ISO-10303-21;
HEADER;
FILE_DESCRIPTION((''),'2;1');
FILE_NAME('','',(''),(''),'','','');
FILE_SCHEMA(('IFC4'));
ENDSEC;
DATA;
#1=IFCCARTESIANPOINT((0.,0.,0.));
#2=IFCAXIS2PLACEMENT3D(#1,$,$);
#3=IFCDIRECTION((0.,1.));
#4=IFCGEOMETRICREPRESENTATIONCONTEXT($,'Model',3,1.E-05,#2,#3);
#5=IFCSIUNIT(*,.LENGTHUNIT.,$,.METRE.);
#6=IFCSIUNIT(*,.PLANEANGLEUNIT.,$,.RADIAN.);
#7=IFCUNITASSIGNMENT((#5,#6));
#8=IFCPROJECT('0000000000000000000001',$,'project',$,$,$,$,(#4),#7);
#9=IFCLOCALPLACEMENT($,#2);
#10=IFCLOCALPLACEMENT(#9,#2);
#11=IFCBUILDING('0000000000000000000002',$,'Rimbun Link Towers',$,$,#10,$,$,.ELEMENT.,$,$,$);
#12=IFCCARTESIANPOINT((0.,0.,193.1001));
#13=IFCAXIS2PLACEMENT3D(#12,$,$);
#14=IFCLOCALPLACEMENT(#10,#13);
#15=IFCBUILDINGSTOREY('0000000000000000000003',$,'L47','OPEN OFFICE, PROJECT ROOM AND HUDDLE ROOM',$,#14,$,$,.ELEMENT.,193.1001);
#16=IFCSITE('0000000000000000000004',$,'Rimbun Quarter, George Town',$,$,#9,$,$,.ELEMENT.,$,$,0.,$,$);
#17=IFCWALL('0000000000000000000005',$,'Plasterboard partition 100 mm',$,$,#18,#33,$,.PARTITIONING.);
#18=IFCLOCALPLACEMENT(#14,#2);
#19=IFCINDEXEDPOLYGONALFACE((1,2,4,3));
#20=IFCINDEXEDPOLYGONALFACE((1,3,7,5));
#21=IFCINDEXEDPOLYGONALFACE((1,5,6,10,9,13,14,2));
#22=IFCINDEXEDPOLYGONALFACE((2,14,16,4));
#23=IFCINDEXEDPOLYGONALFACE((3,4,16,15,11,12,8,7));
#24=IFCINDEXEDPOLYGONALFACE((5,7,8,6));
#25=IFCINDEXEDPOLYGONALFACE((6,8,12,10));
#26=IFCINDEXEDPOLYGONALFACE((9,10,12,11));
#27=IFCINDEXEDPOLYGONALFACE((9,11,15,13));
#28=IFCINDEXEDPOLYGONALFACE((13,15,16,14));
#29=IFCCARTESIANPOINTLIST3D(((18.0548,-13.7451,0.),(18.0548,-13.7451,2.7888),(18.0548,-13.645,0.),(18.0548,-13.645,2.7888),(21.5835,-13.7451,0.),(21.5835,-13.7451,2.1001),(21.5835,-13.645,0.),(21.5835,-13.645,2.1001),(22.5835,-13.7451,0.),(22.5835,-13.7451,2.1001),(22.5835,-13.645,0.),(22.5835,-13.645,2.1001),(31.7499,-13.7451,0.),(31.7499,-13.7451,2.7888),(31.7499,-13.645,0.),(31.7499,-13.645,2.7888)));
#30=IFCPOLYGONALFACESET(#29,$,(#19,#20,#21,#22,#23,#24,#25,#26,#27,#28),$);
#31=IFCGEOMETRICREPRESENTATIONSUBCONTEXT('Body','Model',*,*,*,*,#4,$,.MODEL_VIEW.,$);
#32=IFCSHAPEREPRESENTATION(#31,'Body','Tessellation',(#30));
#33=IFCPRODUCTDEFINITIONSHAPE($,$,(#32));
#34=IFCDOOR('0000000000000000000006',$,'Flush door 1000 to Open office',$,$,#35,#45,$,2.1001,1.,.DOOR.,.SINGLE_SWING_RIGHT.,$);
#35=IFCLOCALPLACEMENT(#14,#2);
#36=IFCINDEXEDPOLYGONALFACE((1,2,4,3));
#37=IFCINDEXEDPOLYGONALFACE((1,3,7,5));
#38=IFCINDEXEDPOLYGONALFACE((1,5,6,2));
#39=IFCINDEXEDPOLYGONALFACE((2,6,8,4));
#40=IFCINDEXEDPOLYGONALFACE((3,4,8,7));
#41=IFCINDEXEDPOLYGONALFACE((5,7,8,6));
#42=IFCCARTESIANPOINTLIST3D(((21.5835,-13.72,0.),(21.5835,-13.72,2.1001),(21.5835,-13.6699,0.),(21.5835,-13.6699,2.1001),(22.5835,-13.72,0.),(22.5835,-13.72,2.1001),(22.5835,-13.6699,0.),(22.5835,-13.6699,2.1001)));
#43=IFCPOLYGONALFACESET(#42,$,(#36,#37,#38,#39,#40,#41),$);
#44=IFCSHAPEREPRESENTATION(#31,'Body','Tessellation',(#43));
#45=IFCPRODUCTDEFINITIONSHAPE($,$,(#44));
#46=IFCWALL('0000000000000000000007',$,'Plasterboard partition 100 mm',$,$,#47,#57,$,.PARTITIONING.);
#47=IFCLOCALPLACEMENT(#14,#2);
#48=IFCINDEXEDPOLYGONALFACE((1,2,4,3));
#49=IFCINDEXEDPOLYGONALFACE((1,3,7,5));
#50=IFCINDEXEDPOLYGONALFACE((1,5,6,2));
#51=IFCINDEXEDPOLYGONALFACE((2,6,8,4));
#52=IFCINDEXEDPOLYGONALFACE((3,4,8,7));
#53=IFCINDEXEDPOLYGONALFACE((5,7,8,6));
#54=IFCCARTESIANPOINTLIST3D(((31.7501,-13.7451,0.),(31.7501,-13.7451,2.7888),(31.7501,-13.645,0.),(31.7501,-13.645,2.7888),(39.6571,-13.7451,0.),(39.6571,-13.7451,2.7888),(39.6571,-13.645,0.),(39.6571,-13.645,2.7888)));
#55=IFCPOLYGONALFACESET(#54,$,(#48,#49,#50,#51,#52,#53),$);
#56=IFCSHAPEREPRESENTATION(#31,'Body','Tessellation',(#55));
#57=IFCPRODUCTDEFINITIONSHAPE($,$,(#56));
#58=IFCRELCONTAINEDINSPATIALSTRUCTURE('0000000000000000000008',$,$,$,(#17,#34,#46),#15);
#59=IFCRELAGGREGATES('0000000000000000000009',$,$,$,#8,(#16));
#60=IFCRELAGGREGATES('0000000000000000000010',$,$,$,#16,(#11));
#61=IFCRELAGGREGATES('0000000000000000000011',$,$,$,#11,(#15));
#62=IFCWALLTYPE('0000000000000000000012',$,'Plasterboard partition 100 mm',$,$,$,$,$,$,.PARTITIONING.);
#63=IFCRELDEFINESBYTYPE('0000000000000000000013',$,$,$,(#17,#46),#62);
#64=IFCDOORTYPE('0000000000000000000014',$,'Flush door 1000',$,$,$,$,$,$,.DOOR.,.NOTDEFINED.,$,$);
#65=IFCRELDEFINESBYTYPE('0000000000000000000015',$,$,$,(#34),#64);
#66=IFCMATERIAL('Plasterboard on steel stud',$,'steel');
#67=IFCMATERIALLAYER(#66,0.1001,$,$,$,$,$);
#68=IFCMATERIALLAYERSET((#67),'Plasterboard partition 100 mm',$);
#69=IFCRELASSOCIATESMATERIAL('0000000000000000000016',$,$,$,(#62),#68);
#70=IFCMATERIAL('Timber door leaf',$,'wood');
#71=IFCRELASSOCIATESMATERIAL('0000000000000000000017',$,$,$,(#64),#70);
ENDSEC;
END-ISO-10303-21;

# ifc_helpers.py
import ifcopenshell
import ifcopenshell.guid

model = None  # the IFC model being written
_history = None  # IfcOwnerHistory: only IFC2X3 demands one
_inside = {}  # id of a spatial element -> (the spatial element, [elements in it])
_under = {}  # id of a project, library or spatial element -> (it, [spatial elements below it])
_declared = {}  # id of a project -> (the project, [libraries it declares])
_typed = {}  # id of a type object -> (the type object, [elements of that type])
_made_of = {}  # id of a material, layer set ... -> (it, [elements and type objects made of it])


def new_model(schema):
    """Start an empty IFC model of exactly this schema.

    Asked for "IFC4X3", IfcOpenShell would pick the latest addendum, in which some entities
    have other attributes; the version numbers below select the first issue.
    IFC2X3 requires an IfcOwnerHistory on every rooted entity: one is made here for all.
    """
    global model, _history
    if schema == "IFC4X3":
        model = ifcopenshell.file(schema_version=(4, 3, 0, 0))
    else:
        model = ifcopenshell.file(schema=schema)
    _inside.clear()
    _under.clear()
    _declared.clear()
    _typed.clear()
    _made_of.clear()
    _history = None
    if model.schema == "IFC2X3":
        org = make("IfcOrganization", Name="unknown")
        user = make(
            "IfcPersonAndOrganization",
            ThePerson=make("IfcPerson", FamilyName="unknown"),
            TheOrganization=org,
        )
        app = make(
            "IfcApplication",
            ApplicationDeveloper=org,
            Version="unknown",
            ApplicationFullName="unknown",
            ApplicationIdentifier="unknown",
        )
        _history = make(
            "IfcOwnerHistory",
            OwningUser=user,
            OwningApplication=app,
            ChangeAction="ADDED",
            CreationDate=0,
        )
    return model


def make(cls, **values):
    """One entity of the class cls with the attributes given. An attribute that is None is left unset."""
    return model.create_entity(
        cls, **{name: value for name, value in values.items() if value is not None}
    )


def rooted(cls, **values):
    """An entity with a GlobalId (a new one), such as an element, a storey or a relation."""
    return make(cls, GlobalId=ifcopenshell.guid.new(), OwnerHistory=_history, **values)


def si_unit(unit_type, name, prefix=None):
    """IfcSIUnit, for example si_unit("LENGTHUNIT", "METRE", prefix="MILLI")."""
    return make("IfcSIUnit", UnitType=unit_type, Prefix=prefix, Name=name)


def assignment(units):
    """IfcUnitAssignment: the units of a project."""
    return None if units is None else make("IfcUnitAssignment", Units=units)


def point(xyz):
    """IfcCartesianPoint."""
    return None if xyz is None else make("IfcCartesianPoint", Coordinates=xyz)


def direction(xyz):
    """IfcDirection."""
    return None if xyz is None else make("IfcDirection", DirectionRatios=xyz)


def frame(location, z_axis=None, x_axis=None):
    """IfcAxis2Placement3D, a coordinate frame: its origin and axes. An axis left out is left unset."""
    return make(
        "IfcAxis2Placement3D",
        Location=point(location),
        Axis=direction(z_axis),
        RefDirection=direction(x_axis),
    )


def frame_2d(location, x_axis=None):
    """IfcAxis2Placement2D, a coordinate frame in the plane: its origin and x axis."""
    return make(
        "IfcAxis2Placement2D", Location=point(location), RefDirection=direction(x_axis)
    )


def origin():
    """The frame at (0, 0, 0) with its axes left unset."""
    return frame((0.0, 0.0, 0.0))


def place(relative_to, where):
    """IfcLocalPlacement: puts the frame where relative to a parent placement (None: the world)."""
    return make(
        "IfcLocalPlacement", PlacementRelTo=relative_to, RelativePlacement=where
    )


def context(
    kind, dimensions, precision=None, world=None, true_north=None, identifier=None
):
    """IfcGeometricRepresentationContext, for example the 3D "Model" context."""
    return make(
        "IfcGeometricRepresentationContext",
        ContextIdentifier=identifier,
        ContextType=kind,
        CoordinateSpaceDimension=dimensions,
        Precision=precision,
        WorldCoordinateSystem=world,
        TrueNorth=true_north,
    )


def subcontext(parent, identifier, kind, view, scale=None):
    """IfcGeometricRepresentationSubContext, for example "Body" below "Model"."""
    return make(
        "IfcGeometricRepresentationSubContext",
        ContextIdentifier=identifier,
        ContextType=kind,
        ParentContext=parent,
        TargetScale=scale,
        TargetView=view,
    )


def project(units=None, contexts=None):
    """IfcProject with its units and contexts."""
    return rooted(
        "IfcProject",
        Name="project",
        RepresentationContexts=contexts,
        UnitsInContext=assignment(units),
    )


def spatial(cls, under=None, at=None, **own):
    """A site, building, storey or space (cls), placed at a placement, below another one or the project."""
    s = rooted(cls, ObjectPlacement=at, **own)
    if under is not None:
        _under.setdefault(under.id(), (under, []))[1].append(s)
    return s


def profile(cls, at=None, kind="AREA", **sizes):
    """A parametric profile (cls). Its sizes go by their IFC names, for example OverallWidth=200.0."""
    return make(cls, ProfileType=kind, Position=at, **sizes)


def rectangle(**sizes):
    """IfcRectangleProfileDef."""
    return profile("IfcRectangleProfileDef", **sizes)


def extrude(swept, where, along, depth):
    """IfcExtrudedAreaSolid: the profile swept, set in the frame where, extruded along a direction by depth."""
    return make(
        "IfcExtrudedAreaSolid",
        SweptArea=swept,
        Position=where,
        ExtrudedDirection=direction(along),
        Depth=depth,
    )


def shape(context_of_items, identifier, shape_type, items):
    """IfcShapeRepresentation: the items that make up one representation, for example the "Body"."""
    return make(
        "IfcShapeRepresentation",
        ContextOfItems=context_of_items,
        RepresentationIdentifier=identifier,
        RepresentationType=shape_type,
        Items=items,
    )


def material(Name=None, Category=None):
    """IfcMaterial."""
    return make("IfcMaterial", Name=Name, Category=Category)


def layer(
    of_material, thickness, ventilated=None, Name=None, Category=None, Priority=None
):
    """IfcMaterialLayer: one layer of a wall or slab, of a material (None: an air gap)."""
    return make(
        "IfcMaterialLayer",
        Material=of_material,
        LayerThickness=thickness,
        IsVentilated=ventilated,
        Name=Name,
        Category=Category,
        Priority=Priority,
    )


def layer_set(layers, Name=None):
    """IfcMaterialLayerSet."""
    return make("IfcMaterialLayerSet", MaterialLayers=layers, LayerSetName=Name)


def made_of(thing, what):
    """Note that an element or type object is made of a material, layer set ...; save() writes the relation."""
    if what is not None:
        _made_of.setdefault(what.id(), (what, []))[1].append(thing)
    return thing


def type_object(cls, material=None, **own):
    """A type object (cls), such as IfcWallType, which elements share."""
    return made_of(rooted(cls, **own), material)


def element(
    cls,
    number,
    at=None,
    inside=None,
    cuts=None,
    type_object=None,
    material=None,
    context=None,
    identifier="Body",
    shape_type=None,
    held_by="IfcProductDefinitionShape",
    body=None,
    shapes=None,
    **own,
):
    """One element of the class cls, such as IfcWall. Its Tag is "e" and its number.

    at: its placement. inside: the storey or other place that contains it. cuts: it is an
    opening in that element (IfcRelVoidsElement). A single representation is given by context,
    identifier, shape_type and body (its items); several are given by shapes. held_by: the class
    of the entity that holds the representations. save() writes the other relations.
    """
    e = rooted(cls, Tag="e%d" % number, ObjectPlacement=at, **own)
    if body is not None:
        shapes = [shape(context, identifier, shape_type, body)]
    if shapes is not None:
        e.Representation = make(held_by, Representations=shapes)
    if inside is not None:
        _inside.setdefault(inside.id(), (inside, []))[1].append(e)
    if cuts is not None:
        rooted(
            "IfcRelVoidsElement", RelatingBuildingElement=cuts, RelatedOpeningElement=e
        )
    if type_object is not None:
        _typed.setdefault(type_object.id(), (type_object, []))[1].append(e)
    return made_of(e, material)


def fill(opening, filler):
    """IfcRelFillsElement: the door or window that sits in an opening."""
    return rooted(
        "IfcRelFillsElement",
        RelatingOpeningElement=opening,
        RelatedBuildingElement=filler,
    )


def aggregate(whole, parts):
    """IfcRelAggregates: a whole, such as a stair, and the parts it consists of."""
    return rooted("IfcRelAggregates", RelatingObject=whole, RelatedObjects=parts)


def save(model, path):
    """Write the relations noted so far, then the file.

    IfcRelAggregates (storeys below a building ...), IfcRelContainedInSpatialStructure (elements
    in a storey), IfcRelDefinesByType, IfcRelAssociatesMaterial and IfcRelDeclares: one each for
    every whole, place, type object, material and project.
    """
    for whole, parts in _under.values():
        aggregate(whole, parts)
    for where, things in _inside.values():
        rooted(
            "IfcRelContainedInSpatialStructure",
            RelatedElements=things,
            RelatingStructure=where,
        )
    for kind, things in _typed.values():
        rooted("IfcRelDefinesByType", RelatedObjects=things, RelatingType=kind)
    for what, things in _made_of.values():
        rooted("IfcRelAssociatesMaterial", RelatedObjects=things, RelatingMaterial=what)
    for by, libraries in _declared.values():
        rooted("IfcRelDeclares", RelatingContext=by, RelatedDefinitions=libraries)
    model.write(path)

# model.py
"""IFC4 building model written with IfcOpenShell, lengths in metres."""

from ifc_helpers import new_model, si_unit, direction, frame, frame_2d, origin, place, context, subcontext, project, spatial, rectangle, extrude, material, layer, layer_set, type_object, element, fill, save


model = new_model("IFC4")

# Units and contexts
model_context = context("Model", 3, precision=1e-05, world=origin(), true_north=direction((0.0, 1.0)))
body_context = subcontext(model_context, "Body", "Model", "MODEL_VIEW")
ifc_project = project(units=[si_unit("LENGTHUNIT", "METRE"), si_unit("PLANEANGLEUNIT", "RADIAN")], contexts=[model_context])

# Site, building, storey
site_placement = place(None, origin())
site = spatial("IfcSite", under=ifc_project, at=site_placement, Name="Rimbun Quarter, George Town", CompositionType="ELEMENT", RefElevation=0.0)
building_placement = place(site_placement, origin())
building = spatial("IfcBuilding", under=site, at=building_placement, Name="Rimbun Link Towers", CompositionType="ELEMENT")
storey_placement = place(building_placement, frame((0.0, 0.0, 193.1001)))
storey = spatial("IfcBuildingStorey", under=building, at=storey_placement, Name="L47", Description="OPEN OFFICE, PROJECT ROOM AND HUDDLE ROOM", CompositionType="ELEMENT", Elevation=193.1001)

# Wall, opening, door
ifc_material_1 = material(Name="Plasterboard on steel stud", Category="steel")
ifc_layer_1 = layer(ifc_material_1, 0.1001)
ifc_layer_set_1 = layer_set([ifc_layer_1], Name="Plasterboard partition 100 mm")
wall_type = type_object("IfcWallType", Name="Plasterboard partition 100 mm", PredefinedType="PARTITIONING", material=ifc_layer_set_1)
wall_1_placement = place(storey_placement, frame((31.75, -13.6951, 0.0), z_axis=(0.0, 0.0, 1.0), x_axis=(-1.0, 0.0, 0.0)))
wall_1 = element("IfcWall", 1, at=wall_1_placement, inside=storey, type_object=wall_type, Name="Plasterboard partition 100 mm", PredefinedType="PARTITIONING", context=body_context, shape_type="SweptSolid", body=[
    extrude(rectangle(XDim=13.6951, YDim=0.1001, at=frame_2d((6.8477, 0.0))), origin(), (0.0, 0.0, 1.0), 2.7888),
])
opening_placement = place(wall_1_placement, frame((9.1665, 0.0, 0.0)))
opening = element("IfcOpeningElement", 2, at=opening_placement, cuts=wall_1, PredefinedType="OPENING", context=body_context, shape_type="SweptSolid", body=[
    extrude(rectangle(XDim=1.0, YDim=2.1001, at=frame_2d((0.5, 1.05))), frame((0.0, 0.0601, 0.0), z_axis=(0.0, -1.0, 0.0), x_axis=(1.0, 0.0, 0.0)), (0.0, 0.0, 1.0), 0.1201),
])
ifc_material_2 = material(Name="Timber door leaf", Category="wood")
door_type = type_object("IfcDoorType", Name="Flush door 1000", OperationType="NOTDEFINED", PredefinedType="DOOR", material=ifc_material_2)
door_placement = place(opening_placement, origin())
door = element("IfcDoor", 3, at=door_placement, inside=storey, type_object=door_type, Name="Flush door 1000 to Open office", OperationType="SINGLE_SWING_RIGHT", OverallHeight=2.1001, OverallWidth=1.0, PredefinedType="DOOR", context=body_context, shape_type="SweptSolid", body=[
    extrude(rectangle(XDim=1.0, YDim=2.1001, at=frame_2d((0.5, 1.05))), frame((0.0, 0.0249, 0.0), z_axis=(0.0, -1.0, 0.0), x_axis=(1.0, 0.0, 0.0)), (0.0, 0.0, 1.0), 0.05),
])
fill(opening, door)

# Wall
wall_2_placement = place(storey_placement, frame((31.75, -13.6951, 0.0), z_axis=(0.0, 0.0, 1.0), x_axis=(1.0, 0.0, 0.0)))
element("IfcWall", 4, at=wall_2_placement, inside=storey, type_object=wall_type, Name="Plasterboard partition 100 mm", PredefinedType="PARTITIONING", context=body_context, shape_type="SweptSolid", body=[
    extrude(rectangle(XDim=7.907, YDim=0.1001, at=frame_2d((3.9536, 0.0))), origin(), (0.0, 0.0, 1.0), 2.7888),
])

save(model, "model.ifc")
